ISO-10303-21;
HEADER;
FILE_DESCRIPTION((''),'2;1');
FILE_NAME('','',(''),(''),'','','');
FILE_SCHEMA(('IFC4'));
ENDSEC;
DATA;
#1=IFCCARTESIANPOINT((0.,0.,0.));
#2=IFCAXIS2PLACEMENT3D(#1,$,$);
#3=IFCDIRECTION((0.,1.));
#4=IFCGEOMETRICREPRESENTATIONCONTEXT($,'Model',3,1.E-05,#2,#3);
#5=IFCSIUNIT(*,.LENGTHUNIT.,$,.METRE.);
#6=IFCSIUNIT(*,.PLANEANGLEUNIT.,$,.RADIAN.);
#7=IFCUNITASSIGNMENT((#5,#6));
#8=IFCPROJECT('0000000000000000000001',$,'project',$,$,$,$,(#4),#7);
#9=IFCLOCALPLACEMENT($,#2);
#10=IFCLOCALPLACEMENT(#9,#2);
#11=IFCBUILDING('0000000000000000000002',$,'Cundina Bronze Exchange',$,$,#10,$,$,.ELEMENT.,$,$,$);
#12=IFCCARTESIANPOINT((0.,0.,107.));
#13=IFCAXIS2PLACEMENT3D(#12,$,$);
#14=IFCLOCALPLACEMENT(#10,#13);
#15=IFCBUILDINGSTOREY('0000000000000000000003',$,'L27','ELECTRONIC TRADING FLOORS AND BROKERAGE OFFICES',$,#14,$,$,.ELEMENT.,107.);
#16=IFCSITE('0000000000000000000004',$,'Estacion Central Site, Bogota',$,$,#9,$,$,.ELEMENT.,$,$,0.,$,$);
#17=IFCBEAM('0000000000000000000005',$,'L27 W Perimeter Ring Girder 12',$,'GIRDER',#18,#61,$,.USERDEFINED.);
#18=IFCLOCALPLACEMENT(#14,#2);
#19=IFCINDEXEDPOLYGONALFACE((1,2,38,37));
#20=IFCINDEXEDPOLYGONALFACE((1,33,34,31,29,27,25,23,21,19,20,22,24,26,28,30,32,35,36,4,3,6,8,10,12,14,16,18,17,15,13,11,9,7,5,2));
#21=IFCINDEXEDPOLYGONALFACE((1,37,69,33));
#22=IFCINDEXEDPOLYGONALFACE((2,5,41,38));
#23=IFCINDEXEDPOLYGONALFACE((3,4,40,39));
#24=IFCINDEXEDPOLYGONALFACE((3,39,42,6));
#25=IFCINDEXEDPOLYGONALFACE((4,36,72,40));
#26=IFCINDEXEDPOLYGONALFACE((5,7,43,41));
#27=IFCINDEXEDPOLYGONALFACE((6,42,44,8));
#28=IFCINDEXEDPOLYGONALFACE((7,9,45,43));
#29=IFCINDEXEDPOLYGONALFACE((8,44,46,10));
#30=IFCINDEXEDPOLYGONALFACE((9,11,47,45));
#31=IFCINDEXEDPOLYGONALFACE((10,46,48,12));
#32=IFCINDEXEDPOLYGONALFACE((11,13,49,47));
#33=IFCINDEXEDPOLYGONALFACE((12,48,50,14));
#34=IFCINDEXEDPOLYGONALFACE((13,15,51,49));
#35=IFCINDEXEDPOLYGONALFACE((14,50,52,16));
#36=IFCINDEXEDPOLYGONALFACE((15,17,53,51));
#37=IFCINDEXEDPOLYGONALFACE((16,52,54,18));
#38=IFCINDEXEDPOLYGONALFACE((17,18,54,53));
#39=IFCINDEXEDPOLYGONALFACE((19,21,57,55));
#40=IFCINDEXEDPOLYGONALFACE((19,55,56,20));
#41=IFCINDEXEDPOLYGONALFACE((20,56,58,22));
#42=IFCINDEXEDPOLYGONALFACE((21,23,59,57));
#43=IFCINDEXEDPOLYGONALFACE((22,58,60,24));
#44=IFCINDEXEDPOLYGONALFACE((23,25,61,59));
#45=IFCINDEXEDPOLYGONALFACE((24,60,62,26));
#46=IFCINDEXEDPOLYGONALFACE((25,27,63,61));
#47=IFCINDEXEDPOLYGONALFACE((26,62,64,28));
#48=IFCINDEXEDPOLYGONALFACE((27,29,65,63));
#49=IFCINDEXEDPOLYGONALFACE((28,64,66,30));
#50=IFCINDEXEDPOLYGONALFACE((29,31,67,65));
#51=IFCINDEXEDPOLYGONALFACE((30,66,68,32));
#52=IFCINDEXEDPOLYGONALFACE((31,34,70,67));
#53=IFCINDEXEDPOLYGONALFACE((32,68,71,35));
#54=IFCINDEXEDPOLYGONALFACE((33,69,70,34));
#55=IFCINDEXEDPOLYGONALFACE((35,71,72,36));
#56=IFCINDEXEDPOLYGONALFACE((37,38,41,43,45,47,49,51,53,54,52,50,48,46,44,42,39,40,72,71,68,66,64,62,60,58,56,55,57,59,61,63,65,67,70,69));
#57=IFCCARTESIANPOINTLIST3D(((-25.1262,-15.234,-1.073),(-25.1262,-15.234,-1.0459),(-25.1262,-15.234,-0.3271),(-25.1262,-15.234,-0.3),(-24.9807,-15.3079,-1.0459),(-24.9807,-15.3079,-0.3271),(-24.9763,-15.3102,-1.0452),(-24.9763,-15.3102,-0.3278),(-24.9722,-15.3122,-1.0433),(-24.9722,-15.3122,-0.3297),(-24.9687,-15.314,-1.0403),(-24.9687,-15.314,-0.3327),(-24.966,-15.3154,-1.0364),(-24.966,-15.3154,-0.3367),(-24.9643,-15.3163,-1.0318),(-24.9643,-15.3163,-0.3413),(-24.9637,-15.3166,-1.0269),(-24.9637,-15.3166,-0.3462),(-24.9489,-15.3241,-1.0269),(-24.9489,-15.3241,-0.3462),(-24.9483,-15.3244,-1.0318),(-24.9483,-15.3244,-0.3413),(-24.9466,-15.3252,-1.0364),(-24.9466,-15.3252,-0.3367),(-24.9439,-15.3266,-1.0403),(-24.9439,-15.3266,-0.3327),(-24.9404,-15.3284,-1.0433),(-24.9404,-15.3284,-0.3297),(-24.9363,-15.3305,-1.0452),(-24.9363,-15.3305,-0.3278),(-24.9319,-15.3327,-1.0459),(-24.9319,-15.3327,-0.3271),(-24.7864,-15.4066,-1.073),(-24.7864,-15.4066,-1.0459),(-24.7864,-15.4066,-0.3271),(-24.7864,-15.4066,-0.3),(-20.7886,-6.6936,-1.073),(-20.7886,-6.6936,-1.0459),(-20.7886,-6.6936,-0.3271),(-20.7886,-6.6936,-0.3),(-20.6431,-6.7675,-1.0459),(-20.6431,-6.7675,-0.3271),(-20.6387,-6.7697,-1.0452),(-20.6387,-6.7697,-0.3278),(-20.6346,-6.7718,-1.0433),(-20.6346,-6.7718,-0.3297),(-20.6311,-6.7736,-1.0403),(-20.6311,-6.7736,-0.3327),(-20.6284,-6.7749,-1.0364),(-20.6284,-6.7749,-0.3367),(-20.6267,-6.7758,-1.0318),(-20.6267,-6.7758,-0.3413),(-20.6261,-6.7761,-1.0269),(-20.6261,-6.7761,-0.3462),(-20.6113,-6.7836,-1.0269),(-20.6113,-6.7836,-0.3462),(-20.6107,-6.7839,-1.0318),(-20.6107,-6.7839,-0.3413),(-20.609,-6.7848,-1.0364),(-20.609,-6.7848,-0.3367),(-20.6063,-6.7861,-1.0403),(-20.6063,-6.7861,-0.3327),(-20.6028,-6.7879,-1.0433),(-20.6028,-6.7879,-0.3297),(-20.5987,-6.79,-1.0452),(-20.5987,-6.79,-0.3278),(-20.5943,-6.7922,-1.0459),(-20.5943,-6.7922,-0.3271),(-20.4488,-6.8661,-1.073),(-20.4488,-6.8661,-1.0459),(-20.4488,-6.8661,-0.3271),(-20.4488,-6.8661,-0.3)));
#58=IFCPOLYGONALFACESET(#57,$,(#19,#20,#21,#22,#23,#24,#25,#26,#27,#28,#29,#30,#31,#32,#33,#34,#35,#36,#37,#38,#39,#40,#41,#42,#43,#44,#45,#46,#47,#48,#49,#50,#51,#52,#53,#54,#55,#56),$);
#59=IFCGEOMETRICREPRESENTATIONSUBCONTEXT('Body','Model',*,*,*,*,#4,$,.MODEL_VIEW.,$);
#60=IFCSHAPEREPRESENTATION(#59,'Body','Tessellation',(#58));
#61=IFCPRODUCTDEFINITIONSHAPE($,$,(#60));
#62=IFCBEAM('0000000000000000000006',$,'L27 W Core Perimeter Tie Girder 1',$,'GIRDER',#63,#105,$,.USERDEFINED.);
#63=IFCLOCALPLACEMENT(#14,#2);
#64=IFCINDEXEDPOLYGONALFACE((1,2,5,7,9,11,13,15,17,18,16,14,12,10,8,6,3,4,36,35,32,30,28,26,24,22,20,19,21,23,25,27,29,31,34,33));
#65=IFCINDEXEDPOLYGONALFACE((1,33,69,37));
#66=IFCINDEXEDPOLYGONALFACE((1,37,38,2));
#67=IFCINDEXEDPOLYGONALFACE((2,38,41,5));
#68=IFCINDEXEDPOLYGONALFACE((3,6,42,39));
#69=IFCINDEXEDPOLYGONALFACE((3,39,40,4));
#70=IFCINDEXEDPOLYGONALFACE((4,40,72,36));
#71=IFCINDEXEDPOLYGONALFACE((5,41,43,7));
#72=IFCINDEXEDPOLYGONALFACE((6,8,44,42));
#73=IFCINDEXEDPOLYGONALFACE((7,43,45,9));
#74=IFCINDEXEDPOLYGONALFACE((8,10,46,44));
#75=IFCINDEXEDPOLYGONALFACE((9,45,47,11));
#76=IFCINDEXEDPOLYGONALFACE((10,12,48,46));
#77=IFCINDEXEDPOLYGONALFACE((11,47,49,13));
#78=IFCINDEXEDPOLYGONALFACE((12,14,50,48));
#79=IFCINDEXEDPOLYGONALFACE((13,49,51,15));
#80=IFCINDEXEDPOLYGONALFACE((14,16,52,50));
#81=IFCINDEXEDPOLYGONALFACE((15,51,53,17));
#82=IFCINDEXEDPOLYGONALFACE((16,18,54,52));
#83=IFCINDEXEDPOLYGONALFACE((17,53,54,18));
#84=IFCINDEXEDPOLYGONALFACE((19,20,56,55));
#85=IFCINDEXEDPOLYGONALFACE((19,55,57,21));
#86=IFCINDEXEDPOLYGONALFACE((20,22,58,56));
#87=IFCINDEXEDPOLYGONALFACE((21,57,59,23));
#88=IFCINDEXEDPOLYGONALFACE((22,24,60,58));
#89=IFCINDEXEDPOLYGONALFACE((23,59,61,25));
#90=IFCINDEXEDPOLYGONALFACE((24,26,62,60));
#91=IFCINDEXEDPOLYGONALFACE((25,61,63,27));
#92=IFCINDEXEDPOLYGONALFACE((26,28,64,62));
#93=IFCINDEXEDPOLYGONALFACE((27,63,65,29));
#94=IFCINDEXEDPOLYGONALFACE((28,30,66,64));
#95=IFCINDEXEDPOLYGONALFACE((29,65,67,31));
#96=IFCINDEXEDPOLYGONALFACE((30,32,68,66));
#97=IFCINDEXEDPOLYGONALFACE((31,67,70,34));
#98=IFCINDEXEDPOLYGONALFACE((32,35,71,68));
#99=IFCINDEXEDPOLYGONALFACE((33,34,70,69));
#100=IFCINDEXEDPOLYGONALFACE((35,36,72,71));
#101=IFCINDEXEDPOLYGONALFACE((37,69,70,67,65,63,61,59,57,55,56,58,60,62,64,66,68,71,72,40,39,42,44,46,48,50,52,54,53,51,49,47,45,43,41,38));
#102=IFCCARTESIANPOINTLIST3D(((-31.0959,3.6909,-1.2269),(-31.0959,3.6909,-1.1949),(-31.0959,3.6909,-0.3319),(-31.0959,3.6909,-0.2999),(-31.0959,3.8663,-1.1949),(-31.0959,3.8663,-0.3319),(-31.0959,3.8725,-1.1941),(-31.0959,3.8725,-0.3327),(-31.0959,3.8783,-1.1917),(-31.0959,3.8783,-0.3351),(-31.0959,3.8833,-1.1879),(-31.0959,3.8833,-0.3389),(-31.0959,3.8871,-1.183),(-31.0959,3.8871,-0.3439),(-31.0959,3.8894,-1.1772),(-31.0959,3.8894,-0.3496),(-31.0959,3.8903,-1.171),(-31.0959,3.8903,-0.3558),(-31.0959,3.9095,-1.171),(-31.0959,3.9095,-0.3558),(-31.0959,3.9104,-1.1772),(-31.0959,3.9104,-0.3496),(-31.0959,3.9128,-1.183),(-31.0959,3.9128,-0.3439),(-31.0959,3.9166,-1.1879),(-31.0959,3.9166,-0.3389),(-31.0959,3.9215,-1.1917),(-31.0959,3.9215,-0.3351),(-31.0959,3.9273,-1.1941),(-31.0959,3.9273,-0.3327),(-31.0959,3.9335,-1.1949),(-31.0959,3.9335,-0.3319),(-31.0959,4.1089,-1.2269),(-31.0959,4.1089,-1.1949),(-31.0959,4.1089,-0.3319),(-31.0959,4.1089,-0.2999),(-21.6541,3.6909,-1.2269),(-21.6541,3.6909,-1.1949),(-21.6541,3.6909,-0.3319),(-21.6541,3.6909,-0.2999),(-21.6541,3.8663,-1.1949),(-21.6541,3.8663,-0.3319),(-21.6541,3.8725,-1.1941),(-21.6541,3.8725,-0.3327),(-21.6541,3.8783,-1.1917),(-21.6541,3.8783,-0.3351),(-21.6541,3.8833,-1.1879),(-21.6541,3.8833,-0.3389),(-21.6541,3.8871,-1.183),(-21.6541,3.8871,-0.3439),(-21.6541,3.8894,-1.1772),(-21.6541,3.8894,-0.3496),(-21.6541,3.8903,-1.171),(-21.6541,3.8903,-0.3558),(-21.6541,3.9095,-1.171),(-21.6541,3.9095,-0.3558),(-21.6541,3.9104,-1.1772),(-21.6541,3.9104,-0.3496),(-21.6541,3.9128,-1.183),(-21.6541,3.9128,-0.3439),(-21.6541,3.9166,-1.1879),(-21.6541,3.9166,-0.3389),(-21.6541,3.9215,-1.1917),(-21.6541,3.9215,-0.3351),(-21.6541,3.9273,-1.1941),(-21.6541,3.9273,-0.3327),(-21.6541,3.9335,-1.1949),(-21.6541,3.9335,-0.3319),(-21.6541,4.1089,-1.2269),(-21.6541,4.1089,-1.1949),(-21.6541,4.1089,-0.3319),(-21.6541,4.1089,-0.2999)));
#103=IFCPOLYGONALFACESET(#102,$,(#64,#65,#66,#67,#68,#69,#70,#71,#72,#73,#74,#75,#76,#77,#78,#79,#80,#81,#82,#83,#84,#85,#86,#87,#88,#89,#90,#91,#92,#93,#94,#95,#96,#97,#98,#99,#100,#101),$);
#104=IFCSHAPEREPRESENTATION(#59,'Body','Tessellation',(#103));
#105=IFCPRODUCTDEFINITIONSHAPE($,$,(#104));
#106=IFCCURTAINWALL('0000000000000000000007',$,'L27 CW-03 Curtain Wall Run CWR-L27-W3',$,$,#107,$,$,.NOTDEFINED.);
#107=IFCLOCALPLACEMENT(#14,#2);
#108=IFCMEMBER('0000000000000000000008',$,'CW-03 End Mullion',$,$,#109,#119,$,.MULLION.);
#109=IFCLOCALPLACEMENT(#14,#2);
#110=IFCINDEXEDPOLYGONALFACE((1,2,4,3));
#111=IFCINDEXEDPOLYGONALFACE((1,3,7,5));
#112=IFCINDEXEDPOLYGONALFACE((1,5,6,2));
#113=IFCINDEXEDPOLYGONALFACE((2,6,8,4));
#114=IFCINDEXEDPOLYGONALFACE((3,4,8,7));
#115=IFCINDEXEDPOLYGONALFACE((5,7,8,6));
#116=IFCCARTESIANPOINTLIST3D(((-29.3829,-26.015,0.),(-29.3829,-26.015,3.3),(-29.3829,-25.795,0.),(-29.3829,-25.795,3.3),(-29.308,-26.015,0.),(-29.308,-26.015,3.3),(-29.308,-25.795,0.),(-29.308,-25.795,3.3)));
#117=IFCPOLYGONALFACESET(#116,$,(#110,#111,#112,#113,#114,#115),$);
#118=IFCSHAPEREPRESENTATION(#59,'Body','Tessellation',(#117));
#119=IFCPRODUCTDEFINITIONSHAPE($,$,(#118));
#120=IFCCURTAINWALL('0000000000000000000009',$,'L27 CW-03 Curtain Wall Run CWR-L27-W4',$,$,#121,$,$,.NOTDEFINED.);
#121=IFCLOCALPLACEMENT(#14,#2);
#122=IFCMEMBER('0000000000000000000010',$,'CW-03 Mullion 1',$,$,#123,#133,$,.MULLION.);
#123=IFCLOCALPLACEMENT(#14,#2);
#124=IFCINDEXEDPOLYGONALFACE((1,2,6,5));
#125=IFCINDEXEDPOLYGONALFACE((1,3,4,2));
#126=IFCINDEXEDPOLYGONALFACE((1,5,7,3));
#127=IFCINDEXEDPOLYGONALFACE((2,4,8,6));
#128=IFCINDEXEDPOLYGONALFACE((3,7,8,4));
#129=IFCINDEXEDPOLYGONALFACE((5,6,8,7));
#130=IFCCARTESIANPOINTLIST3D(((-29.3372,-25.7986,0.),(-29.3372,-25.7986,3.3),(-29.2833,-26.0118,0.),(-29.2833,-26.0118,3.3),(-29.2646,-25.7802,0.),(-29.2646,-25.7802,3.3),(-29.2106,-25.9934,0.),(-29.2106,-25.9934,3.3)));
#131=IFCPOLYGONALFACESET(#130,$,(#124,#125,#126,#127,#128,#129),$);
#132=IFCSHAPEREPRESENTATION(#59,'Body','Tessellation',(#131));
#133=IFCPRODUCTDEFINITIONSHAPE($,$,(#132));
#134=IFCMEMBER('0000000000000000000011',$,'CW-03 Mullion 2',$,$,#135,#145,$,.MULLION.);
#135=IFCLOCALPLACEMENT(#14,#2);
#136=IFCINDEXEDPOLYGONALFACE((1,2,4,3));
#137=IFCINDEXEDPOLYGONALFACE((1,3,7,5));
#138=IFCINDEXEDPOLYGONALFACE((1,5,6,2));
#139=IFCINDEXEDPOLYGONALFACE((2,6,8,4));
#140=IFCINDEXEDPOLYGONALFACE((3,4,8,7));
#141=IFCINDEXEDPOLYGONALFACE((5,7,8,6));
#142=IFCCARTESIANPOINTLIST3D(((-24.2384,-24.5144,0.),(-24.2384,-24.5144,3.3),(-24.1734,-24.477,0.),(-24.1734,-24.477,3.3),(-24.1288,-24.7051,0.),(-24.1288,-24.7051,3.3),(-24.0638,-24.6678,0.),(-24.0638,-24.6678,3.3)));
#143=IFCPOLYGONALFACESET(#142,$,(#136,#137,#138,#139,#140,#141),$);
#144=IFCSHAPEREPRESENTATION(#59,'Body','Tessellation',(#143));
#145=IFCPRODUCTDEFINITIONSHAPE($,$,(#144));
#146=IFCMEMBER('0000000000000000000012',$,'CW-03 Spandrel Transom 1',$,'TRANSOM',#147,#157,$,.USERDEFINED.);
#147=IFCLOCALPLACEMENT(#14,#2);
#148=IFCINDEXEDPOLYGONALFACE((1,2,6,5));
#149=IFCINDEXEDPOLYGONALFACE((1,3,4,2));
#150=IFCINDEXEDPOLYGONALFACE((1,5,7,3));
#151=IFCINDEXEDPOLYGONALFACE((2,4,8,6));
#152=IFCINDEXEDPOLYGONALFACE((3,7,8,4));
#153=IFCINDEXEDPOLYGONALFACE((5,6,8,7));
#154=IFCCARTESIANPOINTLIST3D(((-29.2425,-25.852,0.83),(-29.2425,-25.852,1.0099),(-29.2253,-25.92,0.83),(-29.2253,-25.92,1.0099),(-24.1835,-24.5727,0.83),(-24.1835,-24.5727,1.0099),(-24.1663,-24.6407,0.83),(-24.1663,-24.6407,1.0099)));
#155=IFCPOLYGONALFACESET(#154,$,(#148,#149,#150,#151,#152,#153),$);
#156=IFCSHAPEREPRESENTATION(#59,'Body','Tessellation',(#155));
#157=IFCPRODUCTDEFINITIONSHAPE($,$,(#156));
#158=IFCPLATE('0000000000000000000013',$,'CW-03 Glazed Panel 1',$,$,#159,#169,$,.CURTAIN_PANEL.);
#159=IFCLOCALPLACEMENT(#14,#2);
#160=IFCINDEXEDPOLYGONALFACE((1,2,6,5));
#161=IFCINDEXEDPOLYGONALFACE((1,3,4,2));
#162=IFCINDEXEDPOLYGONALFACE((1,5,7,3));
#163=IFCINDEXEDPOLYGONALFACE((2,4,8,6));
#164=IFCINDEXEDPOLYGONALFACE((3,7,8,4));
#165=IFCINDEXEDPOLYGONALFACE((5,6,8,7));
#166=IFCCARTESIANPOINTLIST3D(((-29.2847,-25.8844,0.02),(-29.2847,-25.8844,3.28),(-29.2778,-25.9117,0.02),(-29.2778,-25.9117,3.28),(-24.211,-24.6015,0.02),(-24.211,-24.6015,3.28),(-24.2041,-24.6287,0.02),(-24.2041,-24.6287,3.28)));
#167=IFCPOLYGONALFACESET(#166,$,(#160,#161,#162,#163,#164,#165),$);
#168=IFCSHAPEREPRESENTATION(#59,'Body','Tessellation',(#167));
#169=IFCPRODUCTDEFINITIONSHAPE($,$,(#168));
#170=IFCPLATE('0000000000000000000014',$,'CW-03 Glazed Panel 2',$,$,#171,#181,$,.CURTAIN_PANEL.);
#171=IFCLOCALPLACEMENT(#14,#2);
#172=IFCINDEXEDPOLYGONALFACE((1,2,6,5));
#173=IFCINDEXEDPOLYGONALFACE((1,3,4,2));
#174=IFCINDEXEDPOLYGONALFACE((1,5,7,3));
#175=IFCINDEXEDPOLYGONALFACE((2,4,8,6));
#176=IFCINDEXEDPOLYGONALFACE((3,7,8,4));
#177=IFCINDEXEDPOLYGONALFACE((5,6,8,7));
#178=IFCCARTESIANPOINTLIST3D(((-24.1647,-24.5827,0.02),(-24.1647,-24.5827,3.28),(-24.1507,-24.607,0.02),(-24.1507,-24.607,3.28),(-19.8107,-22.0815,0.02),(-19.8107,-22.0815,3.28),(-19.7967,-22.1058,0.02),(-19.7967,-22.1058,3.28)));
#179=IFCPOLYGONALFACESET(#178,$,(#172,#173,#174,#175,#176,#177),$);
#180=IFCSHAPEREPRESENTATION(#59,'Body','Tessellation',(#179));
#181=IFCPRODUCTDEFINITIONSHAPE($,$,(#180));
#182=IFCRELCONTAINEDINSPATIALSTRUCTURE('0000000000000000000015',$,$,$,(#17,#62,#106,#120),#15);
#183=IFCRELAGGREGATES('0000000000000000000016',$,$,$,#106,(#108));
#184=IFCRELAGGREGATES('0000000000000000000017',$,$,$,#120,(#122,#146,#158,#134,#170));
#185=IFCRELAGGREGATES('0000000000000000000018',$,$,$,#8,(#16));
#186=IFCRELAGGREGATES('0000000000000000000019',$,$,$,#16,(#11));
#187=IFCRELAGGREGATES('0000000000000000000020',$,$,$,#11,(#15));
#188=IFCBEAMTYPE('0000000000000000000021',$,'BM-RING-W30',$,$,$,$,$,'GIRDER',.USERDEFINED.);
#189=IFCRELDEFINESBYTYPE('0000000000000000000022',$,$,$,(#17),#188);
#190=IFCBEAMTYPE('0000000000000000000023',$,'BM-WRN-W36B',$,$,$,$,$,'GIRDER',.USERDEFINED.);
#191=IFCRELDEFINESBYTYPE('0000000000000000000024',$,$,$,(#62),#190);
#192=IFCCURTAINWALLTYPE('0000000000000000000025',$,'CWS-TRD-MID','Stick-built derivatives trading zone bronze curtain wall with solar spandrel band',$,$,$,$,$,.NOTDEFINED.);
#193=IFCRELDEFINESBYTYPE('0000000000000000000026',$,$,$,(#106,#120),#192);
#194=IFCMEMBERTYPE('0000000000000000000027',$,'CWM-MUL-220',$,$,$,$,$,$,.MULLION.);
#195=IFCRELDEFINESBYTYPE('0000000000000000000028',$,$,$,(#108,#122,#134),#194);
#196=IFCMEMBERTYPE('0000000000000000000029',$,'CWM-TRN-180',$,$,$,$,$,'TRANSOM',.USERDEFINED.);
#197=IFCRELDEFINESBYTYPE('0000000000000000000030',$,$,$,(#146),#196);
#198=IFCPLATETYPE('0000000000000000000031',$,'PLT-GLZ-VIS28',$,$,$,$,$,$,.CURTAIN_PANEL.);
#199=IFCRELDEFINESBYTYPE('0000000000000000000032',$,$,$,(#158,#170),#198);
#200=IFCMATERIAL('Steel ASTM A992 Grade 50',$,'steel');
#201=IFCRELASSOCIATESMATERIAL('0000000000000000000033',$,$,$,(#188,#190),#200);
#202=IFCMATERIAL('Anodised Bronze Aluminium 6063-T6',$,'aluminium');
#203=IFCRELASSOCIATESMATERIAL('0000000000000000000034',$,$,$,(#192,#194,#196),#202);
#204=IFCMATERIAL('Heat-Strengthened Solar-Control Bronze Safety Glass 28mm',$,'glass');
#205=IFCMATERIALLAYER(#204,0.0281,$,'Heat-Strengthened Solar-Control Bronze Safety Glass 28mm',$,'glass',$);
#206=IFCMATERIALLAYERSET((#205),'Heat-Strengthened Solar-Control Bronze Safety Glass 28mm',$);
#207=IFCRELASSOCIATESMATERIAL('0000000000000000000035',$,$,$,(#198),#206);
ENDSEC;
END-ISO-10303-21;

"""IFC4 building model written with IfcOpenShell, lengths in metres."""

from ifc_helpers import new_model, si_unit, direction, frame, origin, origin_2d, place, context, subcontext, project, spatial, rectangle, i_section, extrude, material, layer, layer_set, material_profile, profile_set, type_object, element, aggregate, save


model = new_model("IFC4")

# Units and contexts
model_context = context("Model", 3, precision=1e-05, world=origin(), true_north=direction((0.0, 1.0)))
body_context = subcontext(model_context, "Body", "Model", "MODEL_VIEW")
ifc_project = project(units=[si_unit("LENGTHUNIT", "METRE"), si_unit("PLANEANGLEUNIT", "RADIAN")], contexts=[model_context])

# Site, building, storey
site_placement = place(None, origin())
site = spatial("IfcSite", under=ifc_project, at=site_placement, Name="Estacion Central Site, Bogota", CompositionType="ELEMENT", RefElevation=0.0)
building_placement = place(site_placement, origin())
building = spatial("IfcBuilding", under=site, at=building_placement, Name="Cundina Bronze Exchange", CompositionType="ELEMENT")
storey_placement = place(building_placement, frame((0.0, 0.0, 107.0)))
storey = spatial("IfcBuildingStorey", under=building, at=storey_placement, Name="L27", Description="ELECTRONIC TRADING FLOORS AND BROKERAGE OFFICES", CompositionType="ELEMENT", Elevation=107.0)

# Shared definitions
ifc_material_1 = material(Name="Steel ASTM A992 Grade 50", Category="steel")

# Beams
ifc_material_profile_1 = material_profile(ifc_material_1, i_section(OverallWidth=0.3811, OverallDepth=0.7729, WebThickness=0.0166, FlangeThickness=0.0271, FilletRadius=0.019, at=origin_2d()), Name="W30X173", Category="steel")
ifc_profile_set_1 = profile_set([ifc_material_profile_1], Name="Steel ASTM A992 Grade 50")
beam_type_1 = type_object("IfcBeamType", Name="BM-RING-W30", ElementType="GIRDER", PredefinedType="USERDEFINED", material=ifc_profile_set_1)
beam_1_placement = place(storey_placement, frame((-24.9563, -15.3203, -0.6865), z_axis=(0.452832, 0.891596, 0.0), x_axis=(-0.891596, 0.452832, 0.0)))
element("IfcBeam", 1, at=beam_1_placement, inside=storey, type_object=beam_type_1, Name="L27 W Perimeter Ring Girder 12", ObjectType="GIRDER", PredefinedType="USERDEFINED", context=body_context, shape_type="SweptSolid", body=[
    extrude(i_section(OverallWidth=0.3811, OverallDepth=0.7729, WebThickness=0.0166, FlangeThickness=0.0271, FilletRadius=0.019, at=origin_2d()), origin(), (0.0, 0.0, 1.0), 9.5789),
])
ifc_material_profile_2 = material_profile(ifc_material_1, i_section(OverallWidth=0.418, OverallDepth=0.927, WebThickness=0.0193, FlangeThickness=0.032, FilletRadius=0.0239, at=origin_2d()), Name="W36X231", Category="steel")
ifc_profile_set_2 = profile_set([ifc_material_profile_2], Name="Steel ASTM A992 Grade 50")
beam_type_2 = type_object("IfcBeamType", Name="BM-WRN-W36B", ElementType="GIRDER", PredefinedType="USERDEFINED", material=ifc_profile_set_2)
beam_2_placement = place(storey_placement, frame((-31.0959, 3.8999, -0.7634), z_axis=(1.0, 0.0, 0.0), x_axis=(0.0, 1.0, 0.0)))
element("IfcBeam", 2, at=beam_2_placement, inside=storey, type_object=beam_type_2, Name="L27 W Core Perimeter Tie Girder 1", ObjectType="GIRDER", PredefinedType="USERDEFINED", context=body_context, shape_type="SweptSolid", body=[
    extrude(i_section(OverallWidth=0.418, OverallDepth=0.927, WebThickness=0.0193, FlangeThickness=0.032, FilletRadius=0.0239, at=origin_2d()), origin(), (0.0, 0.0, 1.0), 9.4419),
])

# Curtain wall, member
ifc_material_2 = material(Name="Anodised Bronze Aluminium 6063-T6", Category="aluminium")
curtain_wall_type = type_object("IfcCurtainWallType", Name="CWS-TRD-MID", Description="Stick-built derivatives trading zone bronze curtain wall with solar spandrel band", PredefinedType="NOTDEFINED", material=ifc_material_2)
curtain_wall_1_placement = place(storey_placement, origin())
curtain_wall_1 = element("IfcCurtainWall", 3, at=curtain_wall_1_placement, inside=storey, type_object=curtain_wall_type, Name="L27 CW-03 Curtain Wall Run CWR-L27-W3", PredefinedType="NOTDEFINED")
ifc_material_profile_3 = material_profile(ifc_material_2, rectangle(XDim=0.075, YDim=0.22, at=origin_2d()), Name="AL75X220", Category="aluminium")
ifc_profile_set_3 = profile_set([ifc_material_profile_3], Name="Anodised Bronze Aluminium 6063-T6")
member_type_1 = type_object("IfcMemberType", Name="CWM-MUL-220", PredefinedType="MULLION", material=ifc_profile_set_3)
member_1_placement = place(storey_placement, frame((-29.3455, -25.905, 0.0), z_axis=(0.0, 0.0, 1.0), x_axis=(1.0, 0.0, 0.0)))
member_1 = element("IfcMember", 4, at=member_1_placement, type_object=member_type_1, Name="CW-03 End Mullion", PredefinedType="MULLION", context=body_context, shape_type="SweptSolid", body=[
    extrude(rectangle(XDim=0.075, YDim=0.22, at=origin_2d()), origin(), (0.0, 0.0, 1.0), 3.3),
])
aggregate(curtain_wall_1, [member_1])

# Curtain wall, members, plates
curtain_wall_2_placement = place(storey_placement, origin())
curtain_wall_2 = element("IfcCurtainWall", 5, at=curtain_wall_2_placement, inside=storey, type_object=curtain_wall_type, Name="L27 CW-03 Curtain Wall Run CWR-L27-W4", PredefinedType="NOTDEFINED")
member_2_placement = place(storey_placement, frame((-29.2739, -25.896, 0.0), z_axis=(0.0, 0.0, 1.0), x_axis=(0.969488, 0.245138, 0.0)))
member_2 = element("IfcMember", 6, at=member_2_placement, type_object=member_type_1, Name="CW-03 Mullion 1", PredefinedType="MULLION", context=body_context, shape_type="SweptSolid", body=[
    extrude(rectangle(XDim=0.075, YDim=0.22, at=origin_2d()), origin(), (0.0, 0.0, 1.0), 3.3),
])
member_3_placement = place(storey_placement, frame((-24.1511, -24.5911, 0.0), z_axis=(0.0, 0.0, 1.0), x_axis=(0.867071, 0.498185, 0.0)))
member_3 = element("IfcMember", 7, at=member_3_placement, type_object=member_type_1, Name="CW-03 Mullion 2", PredefinedType="MULLION", context=body_context, shape_type="SweptSolid", body=[
    extrude(rectangle(XDim=0.075, YDim=0.22, at=origin_2d()), origin(), (0.0, 0.0, 1.0), 3.3),
])
ifc_material_profile_4 = material_profile(ifc_material_2, rectangle(XDim=0.0701, YDim=0.1799, at=origin_2d()), Name="AL70X180", Category="aluminium")
ifc_profile_set_4 = profile_set([ifc_material_profile_4], Name="Anodised Bronze Aluminium 6063-T6")
member_type_2 = type_object("IfcMemberType", Name="CWM-TRN-180", ElementType="TRANSOM", PredefinedType="USERDEFINED", material=ifc_profile_set_4)
member_4_placement = place(storey_placement, frame((-29.2339, -25.886, 0.9199), z_axis=(0.969484, 0.245155, 0.0), x_axis=(-0.245155, 0.969484, 0.0)))
member_4 = element("IfcMember", 8, at=member_4_placement, type_object=member_type_2, Name="CW-03 Spandrel Transom 1", ObjectType="TRANSOM", PredefinedType="USERDEFINED", context=body_context, shape_type="SweptSolid", body=[
    extrude(rectangle(XDim=0.0701, YDim=0.1799, at=origin_2d()), origin(), (0.0, 0.0, 1.0), 5.2183),
])
ifc_material_3 = material(Name="Heat-Strengthened Solar-Control Bronze Safety Glass 28mm", Category="glass")
ifc_layer_1 = layer(ifc_material_3, 0.0281, Name="Heat-Strengthened Solar-Control Bronze Safety Glass 28mm", Category="glass")
ifc_layer_set_1 = layer_set([ifc_layer_1], Name="Heat-Strengthened Solar-Control Bronze Safety Glass 28mm")
plate_type = type_object("IfcPlateType", Name="PLT-GLZ-VIS28", PredefinedType="CURTAIN_PANEL", material=ifc_layer_set_1)
plate_1_placement = place(storey_placement, frame((-26.7444, -25.2566, 0.02), z_axis=(0.0, 0.0, 1.0), x_axis=(0.969488, 0.245138, 0.0)))
plate_1 = element("IfcPlate", 9, at=plate_1_placement, type_object=plate_type, Name="CW-03 Glazed Panel 1", PredefinedType="CURTAIN_PANEL", context=body_context, shape_type="SweptSolid", body=[
    extrude(rectangle(XDim=5.2334, YDim=0.0281, at=origin_2d()), origin(), (0.0, 0.0, 1.0), 3.26),
])
plate_2_placement = place(storey_placement, frame((-21.9807, -23.3442, 0.02), z_axis=(0.0, 0.0, 1.0), x_axis=(0.867105, 0.498125, 0.0)))
plate_2 = element("IfcPlate", 10, at=plate_2_placement, type_object=plate_type, Name="CW-03 Glazed Panel 2", PredefinedType="CURTAIN_PANEL", context=body_context, shape_type="SweptSolid", body=[
    extrude(rectangle(XDim=5.0212, YDim=0.0281, at=origin_2d()), origin(), (0.0, 0.0, 1.0), 3.26),
])
aggregate(curtain_wall_2, [member_2, member_4, plate_1, member_3, plate_2])

save(model, "model.ifc")
